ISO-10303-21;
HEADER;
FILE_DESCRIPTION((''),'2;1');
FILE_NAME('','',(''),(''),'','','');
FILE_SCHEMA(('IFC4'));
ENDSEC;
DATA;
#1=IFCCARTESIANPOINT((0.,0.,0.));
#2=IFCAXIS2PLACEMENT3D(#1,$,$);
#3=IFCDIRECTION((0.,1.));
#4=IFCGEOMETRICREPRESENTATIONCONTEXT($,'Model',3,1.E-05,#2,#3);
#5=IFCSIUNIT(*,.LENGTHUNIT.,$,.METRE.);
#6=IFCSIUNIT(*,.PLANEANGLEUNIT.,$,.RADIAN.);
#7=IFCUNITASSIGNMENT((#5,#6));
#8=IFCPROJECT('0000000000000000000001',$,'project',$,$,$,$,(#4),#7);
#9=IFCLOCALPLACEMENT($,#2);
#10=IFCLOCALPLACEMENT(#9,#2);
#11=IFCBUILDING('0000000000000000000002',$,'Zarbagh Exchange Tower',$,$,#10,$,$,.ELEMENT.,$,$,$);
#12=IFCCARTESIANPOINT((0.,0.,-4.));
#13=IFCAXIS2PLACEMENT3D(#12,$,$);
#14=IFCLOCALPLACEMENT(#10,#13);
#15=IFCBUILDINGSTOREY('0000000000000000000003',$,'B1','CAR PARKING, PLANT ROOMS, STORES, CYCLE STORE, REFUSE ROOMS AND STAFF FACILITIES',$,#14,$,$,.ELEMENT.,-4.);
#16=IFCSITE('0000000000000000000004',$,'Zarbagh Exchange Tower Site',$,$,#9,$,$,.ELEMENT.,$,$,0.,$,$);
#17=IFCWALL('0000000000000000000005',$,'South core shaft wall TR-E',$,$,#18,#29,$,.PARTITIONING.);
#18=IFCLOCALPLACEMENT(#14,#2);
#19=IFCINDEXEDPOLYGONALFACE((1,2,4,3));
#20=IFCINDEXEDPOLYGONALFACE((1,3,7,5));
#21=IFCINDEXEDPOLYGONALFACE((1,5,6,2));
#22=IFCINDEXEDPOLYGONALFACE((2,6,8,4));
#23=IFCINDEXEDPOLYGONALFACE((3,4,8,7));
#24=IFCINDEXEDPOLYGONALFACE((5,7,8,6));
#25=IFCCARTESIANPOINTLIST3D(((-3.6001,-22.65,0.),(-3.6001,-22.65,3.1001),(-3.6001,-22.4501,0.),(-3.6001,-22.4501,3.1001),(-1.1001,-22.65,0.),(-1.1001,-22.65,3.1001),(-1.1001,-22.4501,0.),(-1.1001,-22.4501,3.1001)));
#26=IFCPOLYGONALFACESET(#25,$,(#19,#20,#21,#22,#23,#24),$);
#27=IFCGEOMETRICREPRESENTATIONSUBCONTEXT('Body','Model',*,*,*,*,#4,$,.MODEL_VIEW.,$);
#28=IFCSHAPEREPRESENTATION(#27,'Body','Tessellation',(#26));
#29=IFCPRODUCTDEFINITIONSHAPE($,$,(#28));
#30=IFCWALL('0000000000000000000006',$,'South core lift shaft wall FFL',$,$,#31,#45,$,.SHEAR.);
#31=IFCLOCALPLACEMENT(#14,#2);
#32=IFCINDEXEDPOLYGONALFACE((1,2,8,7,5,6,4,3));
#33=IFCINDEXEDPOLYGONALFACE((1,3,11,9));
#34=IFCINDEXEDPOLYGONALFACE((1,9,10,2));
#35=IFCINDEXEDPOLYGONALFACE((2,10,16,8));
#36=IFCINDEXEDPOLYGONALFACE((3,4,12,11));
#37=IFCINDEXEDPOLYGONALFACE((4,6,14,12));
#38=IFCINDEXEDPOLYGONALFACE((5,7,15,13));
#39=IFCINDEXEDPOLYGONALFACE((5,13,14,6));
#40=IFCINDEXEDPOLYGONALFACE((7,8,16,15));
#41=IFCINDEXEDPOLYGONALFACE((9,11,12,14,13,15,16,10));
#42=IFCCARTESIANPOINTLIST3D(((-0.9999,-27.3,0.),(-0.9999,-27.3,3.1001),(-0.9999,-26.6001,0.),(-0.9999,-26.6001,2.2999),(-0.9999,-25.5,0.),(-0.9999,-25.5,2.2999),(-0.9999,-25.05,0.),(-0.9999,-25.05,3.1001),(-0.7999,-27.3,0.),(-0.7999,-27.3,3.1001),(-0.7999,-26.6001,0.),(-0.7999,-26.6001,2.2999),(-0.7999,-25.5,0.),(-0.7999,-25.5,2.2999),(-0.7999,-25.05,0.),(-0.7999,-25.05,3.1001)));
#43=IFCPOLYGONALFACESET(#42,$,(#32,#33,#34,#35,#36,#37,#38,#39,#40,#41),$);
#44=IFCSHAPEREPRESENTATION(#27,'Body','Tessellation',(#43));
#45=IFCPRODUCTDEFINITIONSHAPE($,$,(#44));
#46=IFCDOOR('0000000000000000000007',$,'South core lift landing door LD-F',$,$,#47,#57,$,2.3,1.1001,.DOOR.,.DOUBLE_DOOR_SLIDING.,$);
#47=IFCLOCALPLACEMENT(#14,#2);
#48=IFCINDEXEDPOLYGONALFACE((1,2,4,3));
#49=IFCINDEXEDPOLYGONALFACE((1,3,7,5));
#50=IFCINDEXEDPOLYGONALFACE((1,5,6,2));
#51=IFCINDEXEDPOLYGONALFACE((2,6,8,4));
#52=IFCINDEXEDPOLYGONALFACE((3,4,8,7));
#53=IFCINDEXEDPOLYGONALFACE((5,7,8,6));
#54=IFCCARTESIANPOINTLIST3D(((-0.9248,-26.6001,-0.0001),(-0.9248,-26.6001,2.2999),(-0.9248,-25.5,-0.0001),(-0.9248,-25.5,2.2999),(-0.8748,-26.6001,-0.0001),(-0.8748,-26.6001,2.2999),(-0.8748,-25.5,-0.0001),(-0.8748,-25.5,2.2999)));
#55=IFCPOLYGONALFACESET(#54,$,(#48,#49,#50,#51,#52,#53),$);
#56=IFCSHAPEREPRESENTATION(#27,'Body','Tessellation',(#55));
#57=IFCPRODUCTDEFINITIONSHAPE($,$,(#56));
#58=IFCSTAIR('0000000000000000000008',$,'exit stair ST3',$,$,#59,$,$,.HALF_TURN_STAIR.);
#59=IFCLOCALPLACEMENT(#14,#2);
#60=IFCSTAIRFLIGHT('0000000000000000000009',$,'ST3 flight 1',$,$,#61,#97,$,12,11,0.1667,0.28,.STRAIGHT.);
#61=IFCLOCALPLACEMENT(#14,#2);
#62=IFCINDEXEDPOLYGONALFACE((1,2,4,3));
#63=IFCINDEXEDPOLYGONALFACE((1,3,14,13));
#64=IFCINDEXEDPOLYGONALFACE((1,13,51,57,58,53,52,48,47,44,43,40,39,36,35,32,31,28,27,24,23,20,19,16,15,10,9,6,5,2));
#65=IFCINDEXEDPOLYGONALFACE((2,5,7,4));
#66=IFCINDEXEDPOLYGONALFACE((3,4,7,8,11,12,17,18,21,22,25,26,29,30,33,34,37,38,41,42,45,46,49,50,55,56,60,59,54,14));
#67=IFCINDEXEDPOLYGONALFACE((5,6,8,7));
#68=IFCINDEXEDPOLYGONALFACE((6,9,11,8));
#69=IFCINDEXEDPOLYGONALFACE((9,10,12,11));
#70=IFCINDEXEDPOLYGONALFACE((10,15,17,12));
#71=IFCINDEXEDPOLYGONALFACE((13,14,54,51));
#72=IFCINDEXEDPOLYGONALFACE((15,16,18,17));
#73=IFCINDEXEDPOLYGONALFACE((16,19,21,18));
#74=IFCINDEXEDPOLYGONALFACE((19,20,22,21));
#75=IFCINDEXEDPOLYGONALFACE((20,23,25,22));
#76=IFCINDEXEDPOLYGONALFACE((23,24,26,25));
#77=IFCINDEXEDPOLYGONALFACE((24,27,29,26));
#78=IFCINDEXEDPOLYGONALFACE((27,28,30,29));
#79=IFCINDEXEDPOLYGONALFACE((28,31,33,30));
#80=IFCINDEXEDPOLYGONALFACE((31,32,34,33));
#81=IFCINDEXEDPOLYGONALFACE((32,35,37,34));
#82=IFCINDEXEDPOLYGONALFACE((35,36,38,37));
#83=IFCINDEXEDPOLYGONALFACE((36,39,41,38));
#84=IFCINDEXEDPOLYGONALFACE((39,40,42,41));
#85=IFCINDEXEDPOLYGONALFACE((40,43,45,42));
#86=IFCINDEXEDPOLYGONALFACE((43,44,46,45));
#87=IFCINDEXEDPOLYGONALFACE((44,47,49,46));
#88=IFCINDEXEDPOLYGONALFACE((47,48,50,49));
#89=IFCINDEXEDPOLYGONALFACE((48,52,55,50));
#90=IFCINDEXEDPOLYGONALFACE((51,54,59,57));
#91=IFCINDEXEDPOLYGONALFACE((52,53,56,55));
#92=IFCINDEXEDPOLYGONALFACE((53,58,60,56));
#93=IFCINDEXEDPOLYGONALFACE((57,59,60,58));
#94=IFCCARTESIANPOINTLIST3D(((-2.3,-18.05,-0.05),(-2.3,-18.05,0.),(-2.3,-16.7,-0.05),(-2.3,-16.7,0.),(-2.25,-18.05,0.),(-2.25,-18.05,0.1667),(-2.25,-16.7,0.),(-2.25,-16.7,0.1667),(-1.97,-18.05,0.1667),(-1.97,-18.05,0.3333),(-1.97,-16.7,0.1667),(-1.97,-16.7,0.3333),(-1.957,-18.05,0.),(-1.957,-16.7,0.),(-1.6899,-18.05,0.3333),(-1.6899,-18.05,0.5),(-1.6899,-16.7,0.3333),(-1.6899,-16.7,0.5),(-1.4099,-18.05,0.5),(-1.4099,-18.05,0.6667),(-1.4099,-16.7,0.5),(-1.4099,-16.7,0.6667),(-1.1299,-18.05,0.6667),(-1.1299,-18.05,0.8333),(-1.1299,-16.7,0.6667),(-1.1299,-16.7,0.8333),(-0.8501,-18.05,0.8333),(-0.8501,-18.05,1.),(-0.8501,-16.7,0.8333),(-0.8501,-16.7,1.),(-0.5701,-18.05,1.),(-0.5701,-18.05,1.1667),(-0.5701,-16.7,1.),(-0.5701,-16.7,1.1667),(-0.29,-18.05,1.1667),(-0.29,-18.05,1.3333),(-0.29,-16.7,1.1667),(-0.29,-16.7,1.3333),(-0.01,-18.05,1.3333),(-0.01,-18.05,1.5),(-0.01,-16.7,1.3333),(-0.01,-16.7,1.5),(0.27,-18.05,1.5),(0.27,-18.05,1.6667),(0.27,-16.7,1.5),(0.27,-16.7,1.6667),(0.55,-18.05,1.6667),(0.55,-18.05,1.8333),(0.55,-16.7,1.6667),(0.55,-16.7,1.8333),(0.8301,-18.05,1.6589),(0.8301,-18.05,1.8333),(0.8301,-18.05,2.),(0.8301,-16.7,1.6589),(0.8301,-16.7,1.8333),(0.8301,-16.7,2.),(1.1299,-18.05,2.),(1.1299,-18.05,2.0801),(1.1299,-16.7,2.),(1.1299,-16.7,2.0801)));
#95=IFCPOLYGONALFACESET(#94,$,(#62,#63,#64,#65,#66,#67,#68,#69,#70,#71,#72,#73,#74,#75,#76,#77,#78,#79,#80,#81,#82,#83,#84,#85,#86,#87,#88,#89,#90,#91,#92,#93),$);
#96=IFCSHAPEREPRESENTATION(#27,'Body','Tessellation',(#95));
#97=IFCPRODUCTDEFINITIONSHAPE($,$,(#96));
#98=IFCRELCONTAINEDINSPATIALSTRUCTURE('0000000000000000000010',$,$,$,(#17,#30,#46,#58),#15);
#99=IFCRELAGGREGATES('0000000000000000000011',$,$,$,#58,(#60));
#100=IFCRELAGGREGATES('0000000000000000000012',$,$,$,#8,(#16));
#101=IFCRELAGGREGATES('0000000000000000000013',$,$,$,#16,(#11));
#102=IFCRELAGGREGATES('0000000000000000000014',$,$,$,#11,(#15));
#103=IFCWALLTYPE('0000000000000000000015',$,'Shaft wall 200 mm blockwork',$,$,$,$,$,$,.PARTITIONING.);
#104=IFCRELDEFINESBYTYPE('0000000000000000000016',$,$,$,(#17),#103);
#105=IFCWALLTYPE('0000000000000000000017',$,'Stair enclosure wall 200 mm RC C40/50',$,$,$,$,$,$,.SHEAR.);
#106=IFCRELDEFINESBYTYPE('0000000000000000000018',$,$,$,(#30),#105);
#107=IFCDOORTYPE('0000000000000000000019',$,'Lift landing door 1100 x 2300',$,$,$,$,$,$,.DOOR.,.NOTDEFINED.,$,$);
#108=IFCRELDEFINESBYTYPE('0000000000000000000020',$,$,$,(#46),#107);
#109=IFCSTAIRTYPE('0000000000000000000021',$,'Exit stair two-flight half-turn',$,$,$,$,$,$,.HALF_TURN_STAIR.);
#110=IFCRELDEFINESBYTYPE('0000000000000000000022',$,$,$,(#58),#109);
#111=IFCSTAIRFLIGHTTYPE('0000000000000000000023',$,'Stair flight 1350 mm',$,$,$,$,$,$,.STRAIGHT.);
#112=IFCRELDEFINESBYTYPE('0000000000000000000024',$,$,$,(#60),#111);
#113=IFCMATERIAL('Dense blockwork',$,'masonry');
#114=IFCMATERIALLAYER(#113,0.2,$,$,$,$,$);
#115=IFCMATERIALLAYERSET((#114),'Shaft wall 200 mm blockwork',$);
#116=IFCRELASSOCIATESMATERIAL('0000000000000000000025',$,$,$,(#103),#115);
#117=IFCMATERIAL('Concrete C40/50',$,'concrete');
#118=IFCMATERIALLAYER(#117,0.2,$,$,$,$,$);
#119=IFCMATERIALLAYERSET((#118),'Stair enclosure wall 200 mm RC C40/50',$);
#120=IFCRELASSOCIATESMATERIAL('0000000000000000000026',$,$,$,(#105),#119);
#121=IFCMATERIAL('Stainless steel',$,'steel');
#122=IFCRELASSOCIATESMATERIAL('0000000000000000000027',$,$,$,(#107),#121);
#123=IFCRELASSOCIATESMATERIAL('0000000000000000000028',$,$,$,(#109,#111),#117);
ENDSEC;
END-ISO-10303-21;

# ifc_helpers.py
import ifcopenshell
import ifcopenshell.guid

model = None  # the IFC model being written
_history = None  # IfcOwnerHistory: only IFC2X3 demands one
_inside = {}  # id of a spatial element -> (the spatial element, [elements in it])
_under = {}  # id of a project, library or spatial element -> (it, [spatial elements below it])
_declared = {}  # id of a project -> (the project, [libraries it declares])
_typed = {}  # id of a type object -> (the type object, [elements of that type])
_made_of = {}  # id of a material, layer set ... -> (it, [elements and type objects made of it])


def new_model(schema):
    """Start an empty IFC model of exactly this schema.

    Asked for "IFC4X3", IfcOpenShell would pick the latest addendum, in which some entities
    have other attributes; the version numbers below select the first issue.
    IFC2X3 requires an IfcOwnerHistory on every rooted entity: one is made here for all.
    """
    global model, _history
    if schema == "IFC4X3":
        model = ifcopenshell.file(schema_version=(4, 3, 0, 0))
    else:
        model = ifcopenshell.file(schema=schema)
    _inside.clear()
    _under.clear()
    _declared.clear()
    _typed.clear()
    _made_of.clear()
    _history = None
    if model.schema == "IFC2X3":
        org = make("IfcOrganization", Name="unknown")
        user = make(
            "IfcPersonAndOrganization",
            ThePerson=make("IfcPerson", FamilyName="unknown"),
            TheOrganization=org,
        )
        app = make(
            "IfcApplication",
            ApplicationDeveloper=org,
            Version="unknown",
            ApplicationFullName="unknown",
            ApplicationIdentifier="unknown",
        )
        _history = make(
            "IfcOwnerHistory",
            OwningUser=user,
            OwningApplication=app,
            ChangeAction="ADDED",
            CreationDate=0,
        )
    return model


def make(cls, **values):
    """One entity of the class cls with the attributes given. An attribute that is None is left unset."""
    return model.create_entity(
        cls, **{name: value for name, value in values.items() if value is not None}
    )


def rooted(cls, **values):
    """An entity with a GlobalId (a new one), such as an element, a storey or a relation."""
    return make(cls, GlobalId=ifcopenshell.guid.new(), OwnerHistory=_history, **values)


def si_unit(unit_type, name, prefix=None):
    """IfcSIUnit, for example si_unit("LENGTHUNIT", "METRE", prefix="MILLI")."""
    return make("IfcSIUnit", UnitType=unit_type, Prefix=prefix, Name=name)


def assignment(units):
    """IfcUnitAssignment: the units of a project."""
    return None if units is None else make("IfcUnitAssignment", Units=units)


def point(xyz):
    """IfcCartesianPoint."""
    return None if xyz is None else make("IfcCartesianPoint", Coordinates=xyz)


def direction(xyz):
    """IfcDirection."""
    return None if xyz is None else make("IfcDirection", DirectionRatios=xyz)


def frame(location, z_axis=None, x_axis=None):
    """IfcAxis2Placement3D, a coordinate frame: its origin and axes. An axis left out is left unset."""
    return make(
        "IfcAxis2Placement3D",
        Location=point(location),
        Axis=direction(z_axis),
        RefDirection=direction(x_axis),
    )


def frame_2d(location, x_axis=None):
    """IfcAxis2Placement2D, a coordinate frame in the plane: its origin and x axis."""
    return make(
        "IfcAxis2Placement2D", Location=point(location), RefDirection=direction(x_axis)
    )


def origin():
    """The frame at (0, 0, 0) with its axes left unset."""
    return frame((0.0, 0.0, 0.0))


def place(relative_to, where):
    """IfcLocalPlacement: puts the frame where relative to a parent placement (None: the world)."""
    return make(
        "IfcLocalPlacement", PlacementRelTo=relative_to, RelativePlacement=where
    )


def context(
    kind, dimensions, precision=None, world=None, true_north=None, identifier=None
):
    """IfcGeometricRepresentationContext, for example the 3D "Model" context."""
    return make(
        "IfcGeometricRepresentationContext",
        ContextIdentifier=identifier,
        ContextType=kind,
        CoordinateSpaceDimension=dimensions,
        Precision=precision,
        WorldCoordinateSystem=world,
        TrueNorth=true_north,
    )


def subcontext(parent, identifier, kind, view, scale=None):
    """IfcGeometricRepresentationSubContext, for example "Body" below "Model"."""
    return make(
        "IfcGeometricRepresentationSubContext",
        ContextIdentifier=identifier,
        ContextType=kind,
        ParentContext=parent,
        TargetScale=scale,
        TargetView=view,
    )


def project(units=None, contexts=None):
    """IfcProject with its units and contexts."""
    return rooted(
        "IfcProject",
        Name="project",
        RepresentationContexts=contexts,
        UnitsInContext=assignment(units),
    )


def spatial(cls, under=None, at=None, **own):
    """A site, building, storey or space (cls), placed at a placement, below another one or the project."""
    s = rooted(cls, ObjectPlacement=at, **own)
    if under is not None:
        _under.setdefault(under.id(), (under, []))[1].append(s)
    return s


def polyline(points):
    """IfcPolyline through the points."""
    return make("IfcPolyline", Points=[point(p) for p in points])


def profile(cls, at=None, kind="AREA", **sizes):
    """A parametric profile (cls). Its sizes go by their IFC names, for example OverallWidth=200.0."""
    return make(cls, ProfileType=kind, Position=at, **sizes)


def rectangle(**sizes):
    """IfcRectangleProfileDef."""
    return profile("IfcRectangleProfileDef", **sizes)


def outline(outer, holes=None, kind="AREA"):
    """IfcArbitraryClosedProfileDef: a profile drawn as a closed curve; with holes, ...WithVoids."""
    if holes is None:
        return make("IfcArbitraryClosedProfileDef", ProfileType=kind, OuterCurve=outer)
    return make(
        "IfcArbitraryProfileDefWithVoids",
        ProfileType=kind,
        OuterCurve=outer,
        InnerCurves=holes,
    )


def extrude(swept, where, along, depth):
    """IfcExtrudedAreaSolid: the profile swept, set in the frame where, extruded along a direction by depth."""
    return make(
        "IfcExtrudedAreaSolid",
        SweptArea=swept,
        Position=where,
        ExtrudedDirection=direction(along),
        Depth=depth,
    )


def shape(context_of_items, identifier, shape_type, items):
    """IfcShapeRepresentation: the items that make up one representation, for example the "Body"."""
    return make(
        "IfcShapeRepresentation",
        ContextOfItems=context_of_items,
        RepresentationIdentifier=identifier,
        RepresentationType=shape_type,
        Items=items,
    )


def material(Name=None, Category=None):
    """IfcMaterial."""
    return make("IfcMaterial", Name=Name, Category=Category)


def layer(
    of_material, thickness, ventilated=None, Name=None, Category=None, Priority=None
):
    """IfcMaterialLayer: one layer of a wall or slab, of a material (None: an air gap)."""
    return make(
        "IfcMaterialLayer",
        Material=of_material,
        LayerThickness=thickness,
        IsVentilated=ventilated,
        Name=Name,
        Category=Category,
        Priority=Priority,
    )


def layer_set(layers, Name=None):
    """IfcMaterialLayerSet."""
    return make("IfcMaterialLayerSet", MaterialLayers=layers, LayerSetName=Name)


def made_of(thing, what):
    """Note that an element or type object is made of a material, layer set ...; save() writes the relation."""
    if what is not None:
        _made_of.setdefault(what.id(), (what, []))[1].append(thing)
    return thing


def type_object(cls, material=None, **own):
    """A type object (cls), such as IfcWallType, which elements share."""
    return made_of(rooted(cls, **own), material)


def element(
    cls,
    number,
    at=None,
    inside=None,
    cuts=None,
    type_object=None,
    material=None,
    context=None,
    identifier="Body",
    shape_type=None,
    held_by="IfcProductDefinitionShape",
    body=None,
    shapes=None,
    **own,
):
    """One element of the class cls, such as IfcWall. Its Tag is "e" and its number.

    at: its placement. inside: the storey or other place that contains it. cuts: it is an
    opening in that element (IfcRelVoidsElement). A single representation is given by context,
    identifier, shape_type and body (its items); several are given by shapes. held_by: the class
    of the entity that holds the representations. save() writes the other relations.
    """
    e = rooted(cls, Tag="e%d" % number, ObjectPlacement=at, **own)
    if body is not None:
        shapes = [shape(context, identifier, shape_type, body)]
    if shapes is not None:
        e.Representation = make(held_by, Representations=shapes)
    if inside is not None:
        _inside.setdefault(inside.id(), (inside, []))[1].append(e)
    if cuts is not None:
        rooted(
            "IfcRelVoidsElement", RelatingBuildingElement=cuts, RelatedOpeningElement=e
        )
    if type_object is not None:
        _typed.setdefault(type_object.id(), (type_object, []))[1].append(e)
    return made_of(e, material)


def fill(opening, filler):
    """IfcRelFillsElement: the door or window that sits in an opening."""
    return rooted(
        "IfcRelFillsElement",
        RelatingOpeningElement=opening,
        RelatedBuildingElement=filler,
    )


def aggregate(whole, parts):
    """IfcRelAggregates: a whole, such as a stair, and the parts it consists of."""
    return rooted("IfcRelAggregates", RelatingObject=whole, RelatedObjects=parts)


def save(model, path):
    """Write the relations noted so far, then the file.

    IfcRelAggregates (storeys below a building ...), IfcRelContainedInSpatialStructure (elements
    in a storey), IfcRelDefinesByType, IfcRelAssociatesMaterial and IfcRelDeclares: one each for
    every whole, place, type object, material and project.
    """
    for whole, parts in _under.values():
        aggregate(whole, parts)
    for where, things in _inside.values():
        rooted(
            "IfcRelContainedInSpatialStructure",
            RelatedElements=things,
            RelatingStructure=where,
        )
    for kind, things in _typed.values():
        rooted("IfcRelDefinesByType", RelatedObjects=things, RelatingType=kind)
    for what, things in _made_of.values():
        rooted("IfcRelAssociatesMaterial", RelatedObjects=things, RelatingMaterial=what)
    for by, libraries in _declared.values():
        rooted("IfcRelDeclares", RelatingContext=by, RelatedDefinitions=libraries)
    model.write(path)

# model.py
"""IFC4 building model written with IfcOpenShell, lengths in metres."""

from ifc_helpers import new_model, si_unit, direction, frame, frame_2d, origin, place, context, subcontext, project, spatial, polyline, rectangle, outline, extrude, material, layer, layer_set, type_object, element, fill, aggregate, save


model = new_model("IFC4")

# Units and contexts
model_context = context("Model", 3, precision=1e-05, world=origin(), true_north=direction((0.0, 1.0)))
body_context = subcontext(model_context, "Body", "Model", "MODEL_VIEW")
ifc_project = project(units=[si_unit("LENGTHUNIT", "METRE"), si_unit("PLANEANGLEUNIT", "RADIAN")], contexts=[model_context])

# Site, building, storey
site_placement = place(None, origin())
site = spatial("IfcSite", under=ifc_project, at=site_placement, Name="Zarbagh Exchange Tower Site", CompositionType="ELEMENT", RefElevation=0.0)
building_placement = place(site_placement, origin())
building = spatial("IfcBuilding", under=site, at=building_placement, Name="Zarbagh Exchange Tower", CompositionType="ELEMENT")
storey_placement = place(building_placement, frame((0.0, 0.0, -4.0)))
storey = spatial("IfcBuildingStorey", under=building, at=storey_placement, Name="B1", Description="CAR PARKING, PLANT ROOMS, STORES, CYCLE STORE, REFUSE ROOMS AND STAFF FACILITIES", CompositionType="ELEMENT", Elevation=-4.0)

# Wall
ifc_material_1 = material(Name="Dense blockwork", Category="masonry")
ifc_layer_1 = layer(ifc_material_1, 0.2)
ifc_layer_set_1 = layer_set([ifc_layer_1], Name="Shaft wall 200 mm blockwork")
wall_type_1 = type_object("IfcWallType", Name="Shaft wall 200 mm blockwork", PredefinedType="PARTITIONING", material=ifc_layer_set_1)
wall_1_placement = place(storey_placement, frame((-1.1001, -22.55, 0.0), z_axis=(0.0, 0.0, 1.0), x_axis=(-1.0, 0.0, 0.0)))
element("IfcWall", 1, at=wall_1_placement, inside=storey, type_object=wall_type_1, Name="South core shaft wall TR-E", PredefinedType="PARTITIONING", context=body_context, shape_type="SweptSolid", body=[
    extrude(rectangle(XDim=2.5, YDim=0.2, at=frame_2d((1.25, 0.0))), origin(), (0.0, 0.0, 1.0), 3.1001),
])

# Wall, opening, door
ifc_material_2 = material(Name="Concrete C40/50", Category="concrete")
ifc_layer_2 = layer(ifc_material_2, 0.2)
ifc_layer_set_2 = layer_set([ifc_layer_2], Name="Stair enclosure wall 200 mm RC C40/50")
wall_type_2 = type_object("IfcWallType", Name="Stair enclosure wall 200 mm RC C40/50", PredefinedType="SHEAR", material=ifc_layer_set_2)
wall_2_placement = place(storey_placement, frame((-0.8999, -27.3, 0.0), z_axis=(0.0, 0.0, 1.0), x_axis=(0.0, 1.0, 0.0)))
wall_2 = element("IfcWall", 2, at=wall_2_placement, inside=storey, type_object=wall_type_2, Name="South core lift shaft wall FFL", PredefinedType="SHEAR", context=body_context, shape_type="SweptSolid", body=[
    extrude(rectangle(XDim=2.25, YDim=0.2, at=frame_2d((1.125, 0.0))), origin(), (0.0, 0.0, 1.0), 3.1001),
])
opening_1_placement = place(wall_2_placement, frame((0.7, 0.0, 0.0)))
opening_1 = element("IfcOpeningElement", 3, at=opening_1_placement, cuts=wall_2, PredefinedType="OPENING", context=body_context, shape_type="SweptSolid", body=[
    extrude(rectangle(XDim=1.1001, YDim=2.3, at=frame_2d((0.55, 1.1499))), frame((0.0, 0.1099, 0.0), z_axis=(0.0, -1.0, 0.0), x_axis=(1.0, 0.0, 0.0)), (0.0, 0.0, 1.0), 0.22),
])
ifc_material_3 = material(Name="Stainless steel", Category="steel")
door_type_1 = type_object("IfcDoorType", Name="Lift landing door 1100 x 2300", OperationType="NOTDEFINED", PredefinedType="DOOR", material=ifc_material_3)
door_1_placement = place(opening_1_placement, origin())
door_1 = element("IfcDoor", 4, at=door_1_placement, inside=storey, type_object=door_type_1, Name="South core lift landing door LD-F", OperationType="DOUBLE_DOOR_SLIDING", OverallHeight=2.3, OverallWidth=1.1001, PredefinedType="DOOR", context=body_context, shape_type="SweptSolid", body=[
    extrude(rectangle(XDim=1.1001, YDim=2.3, at=frame_2d((0.55, 1.1499))), frame((0.0, 0.0249, 0.0), z_axis=(0.0, -1.0, 0.0), x_axis=(1.0, 0.0, 0.0)), (0.0, 0.0, 1.0), 0.05),
])
fill(opening_1, door_1)

# Stair, stair flight
stair_type = type_object("IfcStairType", Name="Exit stair two-flight half-turn", PredefinedType="HALF_TURN_STAIR", material=ifc_material_2)
stair_placement = place(storey_placement, origin())
stair = element("IfcStair", 5, at=stair_placement, inside=storey, type_object=stair_type, Name="exit stair ST3", PredefinedType="HALF_TURN_STAIR")
stair_flight_type = type_object("IfcStairFlightType", Name="Stair flight 1350 mm", PredefinedType="STRAIGHT", material=ifc_material_2)
stair_flight_placement = place(storey_placement, frame((-2.25, -17.375, 0.0), z_axis=(0.0, 0.0, 1.0), x_axis=(1.0, 0.0, 0.0)))
stair_flight = element("IfcStairFlight", 6, at=stair_flight_placement, type_object=stair_flight_type, Name="ST3 flight 1", NumberOfRisers=12, NumberOfTreads=11, PredefinedType="STRAIGHT", RiserHeight=0.1667, TreadLength=0.28, context=body_context, shape_type="SweptSolid", body=[
    extrude(outline(polyline([(-0.05, -0.05), (-0.05, 0.0), (0.0, 0.0), (0.0, 0.1667), (0.28, 0.1667), (0.28, 0.3333), (0.5601, 0.3333), (0.5601, 0.5), (0.8401, 0.5), (0.8401, 0.6667), (1.1201, 0.6667), (1.1201, 0.8333), (1.3999, 0.8333), (1.3999, 1.0), (1.6799, 1.0), (1.6799, 1.1667), (1.96, 1.1667), (1.96, 1.3333), (2.24, 1.3333), (2.24, 1.5), (2.52, 1.5), (2.52, 1.6667), (2.8, 1.6667), (2.8, 1.8333), (3.0801, 1.8333), (3.0801, 2.0), (3.3799, 2.0801), (3.3799, 2.0), (3.0801, 1.6589), (0.293, 0.0), (-0.05, -0.05)])), frame((0.0, 0.675, 0.0), z_axis=(0.0, -1.0, 0.0), x_axis=(1.0, 0.0, 0.0)), (0.0, 0.0, 1.0), 1.3501),
])
aggregate(stair, [stair_flight])

save(model, "model.ifc")
